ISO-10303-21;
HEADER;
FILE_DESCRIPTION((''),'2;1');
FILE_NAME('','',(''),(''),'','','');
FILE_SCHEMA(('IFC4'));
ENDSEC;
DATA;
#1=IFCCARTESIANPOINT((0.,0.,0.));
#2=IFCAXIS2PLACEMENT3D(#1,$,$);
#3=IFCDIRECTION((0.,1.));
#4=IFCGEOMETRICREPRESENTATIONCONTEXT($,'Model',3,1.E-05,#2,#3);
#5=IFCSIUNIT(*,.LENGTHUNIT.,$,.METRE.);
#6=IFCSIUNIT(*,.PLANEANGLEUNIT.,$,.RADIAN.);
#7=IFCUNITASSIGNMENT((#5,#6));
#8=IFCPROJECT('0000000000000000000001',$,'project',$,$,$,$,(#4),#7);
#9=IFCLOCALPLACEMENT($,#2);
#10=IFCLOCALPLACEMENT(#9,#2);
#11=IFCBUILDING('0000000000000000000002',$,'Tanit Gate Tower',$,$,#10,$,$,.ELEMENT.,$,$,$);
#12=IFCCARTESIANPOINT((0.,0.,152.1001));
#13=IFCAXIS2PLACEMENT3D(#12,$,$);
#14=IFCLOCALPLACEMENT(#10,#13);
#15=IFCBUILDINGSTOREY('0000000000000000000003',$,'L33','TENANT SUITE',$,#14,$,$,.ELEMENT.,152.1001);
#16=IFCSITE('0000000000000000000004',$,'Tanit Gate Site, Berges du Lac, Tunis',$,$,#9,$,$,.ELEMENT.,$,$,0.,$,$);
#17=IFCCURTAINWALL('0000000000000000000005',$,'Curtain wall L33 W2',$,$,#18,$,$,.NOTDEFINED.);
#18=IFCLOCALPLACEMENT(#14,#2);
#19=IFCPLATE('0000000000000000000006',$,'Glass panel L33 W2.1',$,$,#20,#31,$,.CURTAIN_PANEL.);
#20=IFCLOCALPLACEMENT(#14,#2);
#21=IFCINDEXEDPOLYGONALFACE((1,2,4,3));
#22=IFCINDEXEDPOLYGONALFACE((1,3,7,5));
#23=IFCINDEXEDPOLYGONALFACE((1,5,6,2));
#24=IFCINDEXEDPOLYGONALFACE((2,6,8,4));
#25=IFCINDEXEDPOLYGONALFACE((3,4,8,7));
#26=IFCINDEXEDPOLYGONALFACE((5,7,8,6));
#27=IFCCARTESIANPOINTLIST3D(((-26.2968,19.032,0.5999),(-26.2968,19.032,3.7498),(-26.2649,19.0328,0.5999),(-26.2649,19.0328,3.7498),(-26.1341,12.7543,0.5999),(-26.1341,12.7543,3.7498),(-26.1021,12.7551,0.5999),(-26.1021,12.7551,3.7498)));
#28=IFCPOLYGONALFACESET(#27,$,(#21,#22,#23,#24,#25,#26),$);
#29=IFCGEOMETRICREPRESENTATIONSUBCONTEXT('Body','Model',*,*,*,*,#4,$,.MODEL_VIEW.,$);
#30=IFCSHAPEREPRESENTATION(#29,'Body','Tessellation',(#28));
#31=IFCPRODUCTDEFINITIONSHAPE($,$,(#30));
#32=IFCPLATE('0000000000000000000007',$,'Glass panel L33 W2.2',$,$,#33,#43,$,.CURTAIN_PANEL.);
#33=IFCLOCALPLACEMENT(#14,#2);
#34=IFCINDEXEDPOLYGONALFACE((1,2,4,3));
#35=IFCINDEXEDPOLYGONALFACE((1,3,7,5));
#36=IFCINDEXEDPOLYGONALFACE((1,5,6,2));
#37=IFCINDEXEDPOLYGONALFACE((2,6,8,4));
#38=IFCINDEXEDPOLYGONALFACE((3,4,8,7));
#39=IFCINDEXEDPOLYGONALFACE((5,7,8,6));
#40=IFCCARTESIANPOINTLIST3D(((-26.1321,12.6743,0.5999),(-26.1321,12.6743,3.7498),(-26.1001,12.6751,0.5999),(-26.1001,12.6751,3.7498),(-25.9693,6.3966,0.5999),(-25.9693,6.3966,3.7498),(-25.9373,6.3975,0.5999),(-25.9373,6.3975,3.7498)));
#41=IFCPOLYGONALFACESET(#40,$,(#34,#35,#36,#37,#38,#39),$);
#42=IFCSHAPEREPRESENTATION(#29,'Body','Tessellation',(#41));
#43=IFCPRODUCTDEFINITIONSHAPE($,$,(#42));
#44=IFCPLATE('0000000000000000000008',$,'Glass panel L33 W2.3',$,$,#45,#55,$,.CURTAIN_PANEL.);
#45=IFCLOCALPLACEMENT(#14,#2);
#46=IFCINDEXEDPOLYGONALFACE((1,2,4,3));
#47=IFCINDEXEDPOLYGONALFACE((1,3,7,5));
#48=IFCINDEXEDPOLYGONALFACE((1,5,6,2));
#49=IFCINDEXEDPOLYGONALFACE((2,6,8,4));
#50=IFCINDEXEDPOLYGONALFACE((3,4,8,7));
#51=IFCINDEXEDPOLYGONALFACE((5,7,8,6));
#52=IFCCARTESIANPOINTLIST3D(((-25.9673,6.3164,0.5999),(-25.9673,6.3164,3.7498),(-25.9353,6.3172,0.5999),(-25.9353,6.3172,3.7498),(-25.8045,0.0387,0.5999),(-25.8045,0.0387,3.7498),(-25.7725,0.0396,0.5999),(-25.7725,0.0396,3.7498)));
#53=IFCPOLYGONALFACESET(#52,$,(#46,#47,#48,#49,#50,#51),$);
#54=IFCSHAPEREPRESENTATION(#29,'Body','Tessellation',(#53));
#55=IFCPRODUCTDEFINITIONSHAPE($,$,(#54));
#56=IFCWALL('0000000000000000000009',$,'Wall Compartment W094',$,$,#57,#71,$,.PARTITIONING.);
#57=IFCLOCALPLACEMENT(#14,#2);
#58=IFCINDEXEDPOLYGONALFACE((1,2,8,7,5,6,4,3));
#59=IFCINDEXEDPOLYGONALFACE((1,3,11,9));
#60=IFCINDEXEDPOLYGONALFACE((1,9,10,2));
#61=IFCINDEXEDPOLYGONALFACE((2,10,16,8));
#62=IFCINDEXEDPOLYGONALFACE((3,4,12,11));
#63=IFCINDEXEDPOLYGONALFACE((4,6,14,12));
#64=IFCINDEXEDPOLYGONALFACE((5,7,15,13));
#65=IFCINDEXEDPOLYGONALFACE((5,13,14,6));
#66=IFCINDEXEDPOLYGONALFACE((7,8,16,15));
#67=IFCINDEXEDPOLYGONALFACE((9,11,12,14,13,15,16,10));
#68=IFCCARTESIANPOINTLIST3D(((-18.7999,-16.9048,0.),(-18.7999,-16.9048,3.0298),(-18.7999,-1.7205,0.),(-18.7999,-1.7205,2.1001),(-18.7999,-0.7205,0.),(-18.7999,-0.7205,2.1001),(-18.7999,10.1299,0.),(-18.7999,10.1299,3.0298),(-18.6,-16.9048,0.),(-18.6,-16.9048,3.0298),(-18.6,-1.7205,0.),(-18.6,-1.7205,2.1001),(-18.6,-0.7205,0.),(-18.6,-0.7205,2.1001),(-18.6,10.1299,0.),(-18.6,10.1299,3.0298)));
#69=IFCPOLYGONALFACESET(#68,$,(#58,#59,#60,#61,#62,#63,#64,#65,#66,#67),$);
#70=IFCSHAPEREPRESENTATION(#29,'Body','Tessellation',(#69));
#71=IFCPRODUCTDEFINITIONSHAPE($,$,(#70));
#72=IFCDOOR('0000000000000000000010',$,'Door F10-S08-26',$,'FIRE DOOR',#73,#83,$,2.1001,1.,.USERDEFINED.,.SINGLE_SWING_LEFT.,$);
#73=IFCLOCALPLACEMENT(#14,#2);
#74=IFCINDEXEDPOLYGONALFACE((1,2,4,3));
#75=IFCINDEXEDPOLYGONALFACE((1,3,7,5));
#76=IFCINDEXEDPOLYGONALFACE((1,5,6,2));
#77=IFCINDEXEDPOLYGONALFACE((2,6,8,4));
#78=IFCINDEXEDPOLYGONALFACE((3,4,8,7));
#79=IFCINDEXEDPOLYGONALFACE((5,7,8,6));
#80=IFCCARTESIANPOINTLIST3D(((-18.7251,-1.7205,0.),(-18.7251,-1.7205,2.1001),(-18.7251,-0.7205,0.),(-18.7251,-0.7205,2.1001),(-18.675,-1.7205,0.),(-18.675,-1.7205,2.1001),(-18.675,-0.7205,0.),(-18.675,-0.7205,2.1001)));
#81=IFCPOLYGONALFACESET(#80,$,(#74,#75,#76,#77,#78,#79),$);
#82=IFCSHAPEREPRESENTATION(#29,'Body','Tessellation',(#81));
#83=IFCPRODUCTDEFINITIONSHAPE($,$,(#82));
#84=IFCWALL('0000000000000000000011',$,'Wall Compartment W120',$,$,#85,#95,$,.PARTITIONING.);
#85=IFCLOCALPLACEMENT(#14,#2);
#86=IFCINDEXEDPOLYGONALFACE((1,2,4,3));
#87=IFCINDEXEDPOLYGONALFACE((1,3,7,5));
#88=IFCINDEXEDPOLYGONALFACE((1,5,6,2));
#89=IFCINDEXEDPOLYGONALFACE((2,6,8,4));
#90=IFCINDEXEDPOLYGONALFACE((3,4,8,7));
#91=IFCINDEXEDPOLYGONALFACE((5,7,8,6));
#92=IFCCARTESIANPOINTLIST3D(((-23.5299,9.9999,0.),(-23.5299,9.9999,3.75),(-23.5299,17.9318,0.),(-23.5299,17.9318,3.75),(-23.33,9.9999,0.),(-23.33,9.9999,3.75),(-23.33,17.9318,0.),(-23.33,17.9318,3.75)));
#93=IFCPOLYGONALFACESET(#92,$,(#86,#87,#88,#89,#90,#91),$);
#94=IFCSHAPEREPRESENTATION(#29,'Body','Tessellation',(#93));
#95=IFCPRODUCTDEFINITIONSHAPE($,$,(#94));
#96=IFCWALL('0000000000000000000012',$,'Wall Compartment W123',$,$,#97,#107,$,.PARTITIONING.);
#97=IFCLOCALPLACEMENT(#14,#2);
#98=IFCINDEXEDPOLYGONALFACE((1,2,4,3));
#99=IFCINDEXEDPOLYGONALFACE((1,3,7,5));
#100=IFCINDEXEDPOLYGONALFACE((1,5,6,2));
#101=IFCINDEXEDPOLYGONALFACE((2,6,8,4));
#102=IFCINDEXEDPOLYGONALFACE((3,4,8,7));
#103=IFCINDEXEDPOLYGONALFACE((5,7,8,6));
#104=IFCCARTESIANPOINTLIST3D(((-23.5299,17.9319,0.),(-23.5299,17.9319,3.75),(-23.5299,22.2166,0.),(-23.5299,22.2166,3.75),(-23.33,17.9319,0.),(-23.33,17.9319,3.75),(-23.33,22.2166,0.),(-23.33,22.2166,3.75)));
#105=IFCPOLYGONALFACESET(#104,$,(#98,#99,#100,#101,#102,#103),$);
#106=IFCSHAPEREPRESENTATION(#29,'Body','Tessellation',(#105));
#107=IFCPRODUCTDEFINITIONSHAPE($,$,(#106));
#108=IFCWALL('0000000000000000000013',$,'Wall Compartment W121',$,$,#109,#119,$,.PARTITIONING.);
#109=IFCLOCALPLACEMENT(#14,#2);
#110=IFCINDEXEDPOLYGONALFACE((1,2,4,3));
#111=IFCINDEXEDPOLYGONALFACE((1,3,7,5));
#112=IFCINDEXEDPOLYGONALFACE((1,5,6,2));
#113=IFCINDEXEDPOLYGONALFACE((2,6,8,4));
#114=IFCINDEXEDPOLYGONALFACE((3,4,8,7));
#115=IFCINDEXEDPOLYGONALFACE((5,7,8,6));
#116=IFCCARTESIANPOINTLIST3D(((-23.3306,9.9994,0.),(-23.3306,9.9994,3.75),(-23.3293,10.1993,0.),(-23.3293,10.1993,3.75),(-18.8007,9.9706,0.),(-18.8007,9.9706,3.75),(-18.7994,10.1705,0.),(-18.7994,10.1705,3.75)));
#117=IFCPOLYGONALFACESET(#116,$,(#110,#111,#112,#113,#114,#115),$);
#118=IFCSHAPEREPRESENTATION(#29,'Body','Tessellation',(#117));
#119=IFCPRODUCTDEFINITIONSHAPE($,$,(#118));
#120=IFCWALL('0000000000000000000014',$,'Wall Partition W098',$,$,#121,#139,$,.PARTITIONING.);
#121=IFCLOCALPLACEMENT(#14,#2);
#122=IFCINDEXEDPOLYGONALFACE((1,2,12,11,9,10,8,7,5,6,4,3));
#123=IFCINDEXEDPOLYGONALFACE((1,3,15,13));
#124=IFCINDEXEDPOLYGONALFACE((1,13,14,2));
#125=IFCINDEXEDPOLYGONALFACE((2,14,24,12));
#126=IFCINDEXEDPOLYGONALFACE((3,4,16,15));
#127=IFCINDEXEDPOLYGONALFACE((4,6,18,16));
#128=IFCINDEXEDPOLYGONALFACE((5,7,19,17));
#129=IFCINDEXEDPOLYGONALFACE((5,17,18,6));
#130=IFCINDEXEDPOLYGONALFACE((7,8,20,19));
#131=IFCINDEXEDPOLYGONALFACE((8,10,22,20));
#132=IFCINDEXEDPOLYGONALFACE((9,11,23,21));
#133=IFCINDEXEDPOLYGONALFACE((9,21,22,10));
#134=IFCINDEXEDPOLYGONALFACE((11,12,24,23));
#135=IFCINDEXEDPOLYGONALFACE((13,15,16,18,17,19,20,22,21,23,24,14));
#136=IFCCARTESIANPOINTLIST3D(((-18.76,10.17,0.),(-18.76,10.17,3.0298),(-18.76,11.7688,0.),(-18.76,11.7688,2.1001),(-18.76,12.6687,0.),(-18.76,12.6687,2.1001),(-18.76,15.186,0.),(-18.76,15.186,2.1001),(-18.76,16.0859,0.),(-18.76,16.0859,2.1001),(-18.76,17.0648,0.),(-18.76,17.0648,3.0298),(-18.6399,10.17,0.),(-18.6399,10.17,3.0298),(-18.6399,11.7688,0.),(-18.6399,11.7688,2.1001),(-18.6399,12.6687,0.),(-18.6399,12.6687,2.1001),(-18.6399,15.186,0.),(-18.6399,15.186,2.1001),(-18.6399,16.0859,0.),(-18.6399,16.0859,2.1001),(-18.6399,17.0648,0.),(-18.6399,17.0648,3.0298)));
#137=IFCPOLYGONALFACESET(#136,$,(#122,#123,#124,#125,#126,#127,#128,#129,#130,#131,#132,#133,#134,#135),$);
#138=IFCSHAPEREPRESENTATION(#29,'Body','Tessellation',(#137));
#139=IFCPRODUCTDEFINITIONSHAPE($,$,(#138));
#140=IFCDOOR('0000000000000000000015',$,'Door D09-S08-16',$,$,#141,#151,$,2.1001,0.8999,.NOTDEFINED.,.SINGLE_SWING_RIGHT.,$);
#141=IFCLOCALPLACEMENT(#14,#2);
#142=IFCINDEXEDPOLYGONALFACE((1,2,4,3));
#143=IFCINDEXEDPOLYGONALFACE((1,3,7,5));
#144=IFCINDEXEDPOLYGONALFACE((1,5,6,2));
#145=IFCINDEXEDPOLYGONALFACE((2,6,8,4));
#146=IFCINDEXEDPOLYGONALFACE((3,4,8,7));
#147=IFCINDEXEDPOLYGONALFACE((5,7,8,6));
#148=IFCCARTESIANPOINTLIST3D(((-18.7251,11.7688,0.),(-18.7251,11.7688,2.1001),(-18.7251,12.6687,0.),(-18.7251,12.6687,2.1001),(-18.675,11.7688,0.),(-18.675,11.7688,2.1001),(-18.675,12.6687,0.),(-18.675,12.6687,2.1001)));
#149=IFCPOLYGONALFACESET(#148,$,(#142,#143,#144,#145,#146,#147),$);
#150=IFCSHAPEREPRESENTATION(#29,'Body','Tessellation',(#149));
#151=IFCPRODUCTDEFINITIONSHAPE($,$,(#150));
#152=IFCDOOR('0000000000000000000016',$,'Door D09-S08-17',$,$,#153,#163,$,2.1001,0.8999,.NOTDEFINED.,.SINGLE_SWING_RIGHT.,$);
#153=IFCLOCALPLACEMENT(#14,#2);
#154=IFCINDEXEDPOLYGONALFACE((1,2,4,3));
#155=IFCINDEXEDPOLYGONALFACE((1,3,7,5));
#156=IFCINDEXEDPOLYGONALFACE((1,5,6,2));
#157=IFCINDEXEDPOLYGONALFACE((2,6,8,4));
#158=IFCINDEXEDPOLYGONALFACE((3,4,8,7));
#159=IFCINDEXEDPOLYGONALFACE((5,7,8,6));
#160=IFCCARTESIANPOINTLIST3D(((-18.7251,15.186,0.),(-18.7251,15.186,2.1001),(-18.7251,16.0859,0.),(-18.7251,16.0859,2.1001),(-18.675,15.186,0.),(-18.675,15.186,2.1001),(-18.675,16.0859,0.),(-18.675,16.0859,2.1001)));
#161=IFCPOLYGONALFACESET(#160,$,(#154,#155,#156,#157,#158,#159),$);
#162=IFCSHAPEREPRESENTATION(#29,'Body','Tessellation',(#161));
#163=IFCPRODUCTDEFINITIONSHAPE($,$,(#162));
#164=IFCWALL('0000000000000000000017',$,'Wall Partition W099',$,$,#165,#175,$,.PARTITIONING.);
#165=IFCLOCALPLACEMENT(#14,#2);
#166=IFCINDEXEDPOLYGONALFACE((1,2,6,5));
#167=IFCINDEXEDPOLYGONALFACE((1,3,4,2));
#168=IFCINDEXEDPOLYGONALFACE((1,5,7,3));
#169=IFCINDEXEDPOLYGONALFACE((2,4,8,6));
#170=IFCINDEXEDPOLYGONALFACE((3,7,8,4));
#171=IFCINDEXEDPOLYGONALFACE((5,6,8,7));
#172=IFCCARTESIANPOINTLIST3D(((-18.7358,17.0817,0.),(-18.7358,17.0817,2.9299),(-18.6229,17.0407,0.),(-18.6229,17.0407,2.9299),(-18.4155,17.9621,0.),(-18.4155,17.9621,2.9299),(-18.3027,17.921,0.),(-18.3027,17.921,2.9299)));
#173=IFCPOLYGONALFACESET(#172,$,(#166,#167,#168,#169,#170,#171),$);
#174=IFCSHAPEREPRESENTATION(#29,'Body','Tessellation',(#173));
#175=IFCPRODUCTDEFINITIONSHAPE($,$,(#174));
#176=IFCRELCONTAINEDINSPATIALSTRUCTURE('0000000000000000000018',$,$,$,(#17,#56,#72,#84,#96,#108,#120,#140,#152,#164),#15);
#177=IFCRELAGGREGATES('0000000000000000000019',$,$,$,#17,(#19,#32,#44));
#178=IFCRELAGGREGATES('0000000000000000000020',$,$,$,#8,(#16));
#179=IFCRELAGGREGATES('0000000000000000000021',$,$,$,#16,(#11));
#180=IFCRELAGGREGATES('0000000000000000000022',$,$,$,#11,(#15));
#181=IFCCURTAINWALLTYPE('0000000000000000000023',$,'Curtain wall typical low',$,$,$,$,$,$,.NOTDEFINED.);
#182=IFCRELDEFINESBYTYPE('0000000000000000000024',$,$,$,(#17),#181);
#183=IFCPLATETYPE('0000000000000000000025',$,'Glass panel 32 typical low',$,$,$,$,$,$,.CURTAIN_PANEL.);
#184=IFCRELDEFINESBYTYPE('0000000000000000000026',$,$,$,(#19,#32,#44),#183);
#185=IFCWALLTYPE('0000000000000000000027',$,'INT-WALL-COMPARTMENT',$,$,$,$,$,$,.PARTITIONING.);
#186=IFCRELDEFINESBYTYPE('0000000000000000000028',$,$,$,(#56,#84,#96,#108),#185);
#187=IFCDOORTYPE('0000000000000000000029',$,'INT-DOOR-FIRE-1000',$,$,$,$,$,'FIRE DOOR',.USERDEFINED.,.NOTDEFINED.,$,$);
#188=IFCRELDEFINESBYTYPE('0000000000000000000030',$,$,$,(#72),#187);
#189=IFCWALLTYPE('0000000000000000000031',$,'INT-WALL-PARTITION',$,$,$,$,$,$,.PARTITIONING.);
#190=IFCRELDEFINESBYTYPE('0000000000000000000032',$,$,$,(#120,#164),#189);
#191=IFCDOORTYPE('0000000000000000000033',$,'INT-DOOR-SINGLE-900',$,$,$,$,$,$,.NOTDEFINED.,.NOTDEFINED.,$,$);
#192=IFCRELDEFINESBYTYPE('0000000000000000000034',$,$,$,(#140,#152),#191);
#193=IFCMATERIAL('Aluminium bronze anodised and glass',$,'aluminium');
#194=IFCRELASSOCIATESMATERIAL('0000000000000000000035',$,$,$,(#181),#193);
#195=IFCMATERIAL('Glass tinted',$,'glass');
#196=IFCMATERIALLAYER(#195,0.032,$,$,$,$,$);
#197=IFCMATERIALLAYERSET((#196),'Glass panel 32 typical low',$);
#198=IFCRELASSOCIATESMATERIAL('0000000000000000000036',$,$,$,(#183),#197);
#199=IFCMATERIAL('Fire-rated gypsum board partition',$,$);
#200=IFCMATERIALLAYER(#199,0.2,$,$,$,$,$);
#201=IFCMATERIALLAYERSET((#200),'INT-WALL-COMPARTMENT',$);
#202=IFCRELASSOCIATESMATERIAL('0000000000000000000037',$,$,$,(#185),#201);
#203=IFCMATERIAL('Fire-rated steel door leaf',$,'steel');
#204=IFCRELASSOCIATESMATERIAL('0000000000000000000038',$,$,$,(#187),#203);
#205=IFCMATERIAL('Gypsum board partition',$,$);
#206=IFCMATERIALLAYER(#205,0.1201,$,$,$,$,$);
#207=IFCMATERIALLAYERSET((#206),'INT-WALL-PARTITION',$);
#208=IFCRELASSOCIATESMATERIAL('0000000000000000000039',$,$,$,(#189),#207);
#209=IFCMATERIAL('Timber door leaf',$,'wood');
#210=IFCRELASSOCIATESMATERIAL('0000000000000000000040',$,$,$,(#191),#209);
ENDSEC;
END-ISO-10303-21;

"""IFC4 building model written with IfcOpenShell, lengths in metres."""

from ifc_helpers import new_model, si_unit, direction, frame, frame_2d, origin, origin_2d, place, context, subcontext, project, spatial, rectangle, extrude, material, layer, layer_set, type_object, element, fill, aggregate, save


model = new_model("IFC4")

# Units and contexts
model_context = context("Model", 3, precision=1e-05, world=origin(), true_north=direction((0.0, 1.0)))
body_context = subcontext(model_context, "Body", "Model", "MODEL_VIEW")
ifc_project = project(units=[si_unit("LENGTHUNIT", "METRE"), si_unit("PLANEANGLEUNIT", "RADIAN")], contexts=[model_context])

# Site, building, storey
site_placement = place(None, origin())
site = spatial("IfcSite", under=ifc_project, at=site_placement, Name="Tanit Gate Site, Berges du Lac, Tunis", CompositionType="ELEMENT", RefElevation=0.0)
building_placement = place(site_placement, origin())
building = spatial("IfcBuilding", under=site, at=building_placement, Name="Tanit Gate Tower", CompositionType="ELEMENT")
storey_placement = place(building_placement, frame((0.0, 0.0, 152.1001)))
storey = spatial("IfcBuildingStorey", under=building, at=storey_placement, Name="L33", Description="TENANT SUITE", CompositionType="ELEMENT", Elevation=152.1001)

# Curtain wall
ifc_material_1 = material(Name="Aluminium bronze anodised and glass", Category="aluminium")
curtain_wall_type = type_object("IfcCurtainWallType", Name="Curtain wall typical low", PredefinedType="NOTDEFINED", material=ifc_material_1)
curtain_wall_placement = place(storey_placement, origin())
curtain_wall = element("IfcCurtainWall", 1, at=curtain_wall_placement, inside=storey, type_object=curtain_wall_type, Name="Curtain wall L33 W2", PredefinedType="NOTDEFINED")

# Plates
ifc_material_2 = material(Name="Glass tinted", Category="glass")
ifc_layer_1 = layer(ifc_material_2, 0.032)
ifc_layer_set_1 = layer_set([ifc_layer_1], Name="Glass panel 32 typical low")
plate_type = type_object("IfcPlateType", Name="Glass panel 32 typical low", PredefinedType="CURTAIN_PANEL", material=ifc_layer_set_1)
plate_1_placement = place(storey_placement, frame((-26.1995, 15.8936, 0.5999), z_axis=(0.0, 0.0, 1.0), x_axis=(0.025924, -0.999664, 0.0)))
plate_1 = element("IfcPlate", 2, at=plate_1_placement, type_object=plate_type, Name="Glass panel L33 W2.1", PredefinedType="CURTAIN_PANEL", context=body_context, shape_type="SweptSolid", body=[
    extrude(rectangle(XDim=6.2798, YDim=0.032, at=origin_2d()), origin(), (0.0, 0.0, 1.0), 3.1499),
])
plate_2_placement = place(storey_placement, frame((-26.0347, 9.5359, 0.5999), z_axis=(0.0, 0.0, 1.0), x_axis=(0.025924, -0.999664, 0.0)))
plate_2 = element("IfcPlate", 3, at=plate_2_placement, type_object=plate_type, Name="Glass panel L33 W2.2", PredefinedType="CURTAIN_PANEL", context=body_context, shape_type="SweptSolid", body=[
    extrude(rectangle(XDim=6.2798, YDim=0.032, at=origin_2d()), origin(), (0.0, 0.0, 1.0), 3.1499),
])
plate_3_placement = place(storey_placement, frame((-25.8699, 3.178, 0.5999), z_axis=(0.0, 0.0, 1.0), x_axis=(0.025924, -0.999664, 0.0)))
plate_3 = element("IfcPlate", 4, at=plate_3_placement, type_object=plate_type, Name="Glass panel L33 W2.3", PredefinedType="CURTAIN_PANEL", context=body_context, shape_type="SweptSolid", body=[
    extrude(rectangle(XDim=6.2798, YDim=0.032, at=origin_2d()), origin(), (0.0, 0.0, 1.0), 3.1499),
])
aggregate(curtain_wall, [plate_1, plate_2, plate_3])

# Wall, opening, door
ifc_material_3 = material(Name="Fire-rated gypsum board partition")
ifc_layer_2 = layer(ifc_material_3, 0.2)
ifc_layer_set_2 = layer_set([ifc_layer_2], Name="INT-WALL-COMPARTMENT")
wall_type_1 = type_object("IfcWallType", Name="INT-WALL-COMPARTMENT", PredefinedType="PARTITIONING", material=ifc_layer_set_2)
wall_1_placement = place(storey_placement, frame((-18.7, 10.1299, 0.0), z_axis=(0.0, 0.0, 1.0), x_axis=(0.0, -1.0, 0.0)))
wall_1 = element("IfcWall", 5, at=wall_1_placement, inside=storey, type_object=wall_type_1, Name="Wall Compartment W094", PredefinedType="PARTITIONING", context=body_context, shape_type="SweptSolid", body=[
    extrude(rectangle(XDim=27.0347, YDim=0.2, at=frame_2d((13.5173, 0.0))), origin(), (0.0, 0.0, 1.0), 3.0298),
])
opening_1_placement = place(wall_1_placement, frame((10.8503, 0.0, 0.0)))
opening_1 = element("IfcOpeningElement", 6, at=opening_1_placement, cuts=wall_1, PredefinedType="OPENING", context=body_context, shape_type="SweptSolid", body=[
    extrude(rectangle(XDim=1.0, YDim=2.1001, at=frame_2d((0.5, 1.05))), frame((0.0, 0.1099, 0.0), z_axis=(0.0, -1.0, 0.0), x_axis=(1.0, 0.0, 0.0)), (0.0, 0.0, 1.0), 0.22),
])
ifc_material_4 = material(Name="Fire-rated steel door leaf", Category="steel")
door_type_1 = type_object("IfcDoorType", Name="INT-DOOR-FIRE-1000", ElementType="FIRE DOOR", OperationType="NOTDEFINED", PredefinedType="USERDEFINED", material=ifc_material_4)
door_1_placement = place(opening_1_placement, origin())
door_1 = element("IfcDoor", 7, at=door_1_placement, inside=storey, type_object=door_type_1, Name="Door F10-S08-26", ObjectType="FIRE DOOR", OperationType="SINGLE_SWING_LEFT", OverallHeight=2.1001, OverallWidth=1.0, PredefinedType="USERDEFINED", context=body_context, shape_type="SweptSolid", body=[
    extrude(rectangle(XDim=1.0, YDim=2.1001, at=frame_2d((0.5, 1.05))), frame((0.0, 0.0249, 0.0), z_axis=(0.0, -1.0, 0.0), x_axis=(1.0, 0.0, 0.0)), (0.0, 0.0, 1.0), 0.05),
])
fill(opening_1, door_1)

# Walls
wall_2_placement = place(storey_placement, frame((-23.4299, 10.0, 0.0), z_axis=(0.0, 0.0, 1.0), x_axis=(0.0, 1.0, 0.0)))
element("IfcWall", 8, at=wall_2_placement, inside=storey, type_object=wall_type_1, Name="Wall Compartment W120", PredefinedType="PARTITIONING", context=body_context, shape_type="SweptSolid", body=[
    extrude(rectangle(XDim=7.9319, YDim=0.2, at=frame_2d((3.9658, 0.0))), origin(), (0.0, 0.0, 1.0), 3.75),
])
wall_3_placement = place(storey_placement, frame((-23.4299, 17.9319, 0.0), z_axis=(0.0, 0.0, 1.0), x_axis=(0.0, 1.0, 0.0)))
element("IfcWall", 9, at=wall_3_placement, inside=storey, type_object=wall_type_1, Name="Wall Compartment W123", PredefinedType="PARTITIONING", context=body_context, shape_type="SweptSolid", body=[
    extrude(rectangle(XDim=4.2847, YDim=0.2, at=frame_2d((2.1423, 0.0))), origin(), (0.0, 0.0, 1.0), 3.75),
])
wall_4_placement = place(storey_placement, frame((-23.3301, 10.0994, 0.0), z_axis=(0.0, 0.0, 1.0), x_axis=(0.99998, -0.006359, 0.0)))
element("IfcWall", 10, at=wall_4_placement, inside=storey, type_object=wall_type_1, Name="Wall Compartment W121", PredefinedType="PARTITIONING", context=body_context, shape_type="SweptSolid", body=[
    extrude(rectangle(XDim=4.53, YDim=0.2, at=frame_2d((2.2651, 0.0))), origin(), (0.0, 0.0, 1.0), 3.75),
])

# Wall, openings, doors
ifc_material_5 = material(Name="Gypsum board partition")
ifc_layer_3 = layer(ifc_material_5, 0.1201)
ifc_layer_set_3 = layer_set([ifc_layer_3], Name="INT-WALL-PARTITION")
wall_type_2 = type_object("IfcWallType", Name="INT-WALL-PARTITION", PredefinedType="PARTITIONING", material=ifc_layer_set_3)
wall_5_placement = place(storey_placement, frame((-18.7, 17.0647, 0.0), z_axis=(0.0, 0.0, 1.0), x_axis=(0.0, -1.0, 0.0)))
wall_5 = element("IfcWall", 11, at=wall_5_placement, inside=storey, type_object=wall_type_2, Name="Wall Partition W098", PredefinedType="PARTITIONING", context=body_context, shape_type="SweptSolid", body=[
    extrude(rectangle(XDim=6.8948, YDim=0.1201, at=frame_2d((3.4473, 0.0))), origin(), (0.0, 0.0, 1.0), 3.0298),
])
opening_2_placement = place(wall_5_placement, frame((4.396, 0.0, 0.0)))
opening_2 = element("IfcOpeningElement", 12, at=opening_2_placement, cuts=wall_5, PredefinedType="OPENING", context=body_context, shape_type="SweptSolid", body=[
    extrude(rectangle(XDim=0.8999, YDim=2.1001, at=frame_2d((0.45, 1.05))), frame((0.0, 0.0701, 0.0), z_axis=(0.0, -1.0, 0.0), x_axis=(1.0, 0.0, 0.0)), (0.0, 0.0, 1.0), 0.1401),
])
opening_3_placement = place(wall_5_placement, frame((0.9788, 0.0, 0.0)))
opening_3 = element("IfcOpeningElement", 13, at=opening_3_placement, cuts=wall_5, PredefinedType="OPENING", context=body_context, shape_type="SweptSolid", body=[
    extrude(rectangle(XDim=0.8999, YDim=2.1001, at=frame_2d((0.45, 1.05))), frame((0.0, 0.0701, 0.0), z_axis=(0.0, -1.0, 0.0), x_axis=(1.0, 0.0, 0.0)), (0.0, 0.0, 1.0), 0.1401),
])
ifc_material_6 = material(Name="Timber door leaf", Category="wood")
door_type_2 = type_object("IfcDoorType", Name="INT-DOOR-SINGLE-900", OperationType="NOTDEFINED", PredefinedType="NOTDEFINED", material=ifc_material_6)
door_2_placement = place(opening_2_placement, origin())
door_2 = element("IfcDoor", 14, at=door_2_placement, inside=storey, type_object=door_type_2, Name="Door D09-S08-16", OperationType="SINGLE_SWING_RIGHT", OverallHeight=2.1001, OverallWidth=0.8999, PredefinedType="NOTDEFINED", context=body_context, shape_type="SweptSolid", body=[
    extrude(rectangle(XDim=0.8999, YDim=2.1001, at=frame_2d((0.45, 1.05))), frame((0.0, 0.0249, 0.0), z_axis=(0.0, -1.0, 0.0), x_axis=(1.0, 0.0, 0.0)), (0.0, 0.0, 1.0), 0.05),
])
fill(opening_2, door_2)
door_3_placement = place(opening_3_placement, origin())
door_3 = element("IfcDoor", 15, at=door_3_placement, inside=storey, type_object=door_type_2, Name="Door D09-S08-17", OperationType="SINGLE_SWING_RIGHT", OverallHeight=2.1001, OverallWidth=0.8999, PredefinedType="NOTDEFINED", context=body_context, shape_type="SweptSolid", body=[
    extrude(rectangle(XDim=0.8999, YDim=2.1001, at=frame_2d((0.45, 1.05))), frame((0.0, 0.0249, 0.0), z_axis=(0.0, -1.0, 0.0), x_axis=(1.0, 0.0, 0.0)), (0.0, 0.0, 1.0), 0.05),
])
fill(opening_3, door_3)

# Wall
wall_6_placement = place(storey_placement, frame((-18.3591, 17.9414, 0.0), z_axis=(0.0, 0.0, 1.0), x_axis=(-0.34191, -0.939733, 0.0)))
element("IfcWall", 16, at=wall_6_placement, inside=storey, type_object=wall_type_2, Name="Wall Partition W099", PredefinedType="PARTITIONING", context=body_context, shape_type="SweptSolid", body=[
    extrude(rectangle(XDim=0.9368, YDim=0.1201, at=frame_2d((0.4683, 0.0))), origin(), (0.0, 0.0, 1.0), 2.9299),
])

save(model, "model.ifc")
